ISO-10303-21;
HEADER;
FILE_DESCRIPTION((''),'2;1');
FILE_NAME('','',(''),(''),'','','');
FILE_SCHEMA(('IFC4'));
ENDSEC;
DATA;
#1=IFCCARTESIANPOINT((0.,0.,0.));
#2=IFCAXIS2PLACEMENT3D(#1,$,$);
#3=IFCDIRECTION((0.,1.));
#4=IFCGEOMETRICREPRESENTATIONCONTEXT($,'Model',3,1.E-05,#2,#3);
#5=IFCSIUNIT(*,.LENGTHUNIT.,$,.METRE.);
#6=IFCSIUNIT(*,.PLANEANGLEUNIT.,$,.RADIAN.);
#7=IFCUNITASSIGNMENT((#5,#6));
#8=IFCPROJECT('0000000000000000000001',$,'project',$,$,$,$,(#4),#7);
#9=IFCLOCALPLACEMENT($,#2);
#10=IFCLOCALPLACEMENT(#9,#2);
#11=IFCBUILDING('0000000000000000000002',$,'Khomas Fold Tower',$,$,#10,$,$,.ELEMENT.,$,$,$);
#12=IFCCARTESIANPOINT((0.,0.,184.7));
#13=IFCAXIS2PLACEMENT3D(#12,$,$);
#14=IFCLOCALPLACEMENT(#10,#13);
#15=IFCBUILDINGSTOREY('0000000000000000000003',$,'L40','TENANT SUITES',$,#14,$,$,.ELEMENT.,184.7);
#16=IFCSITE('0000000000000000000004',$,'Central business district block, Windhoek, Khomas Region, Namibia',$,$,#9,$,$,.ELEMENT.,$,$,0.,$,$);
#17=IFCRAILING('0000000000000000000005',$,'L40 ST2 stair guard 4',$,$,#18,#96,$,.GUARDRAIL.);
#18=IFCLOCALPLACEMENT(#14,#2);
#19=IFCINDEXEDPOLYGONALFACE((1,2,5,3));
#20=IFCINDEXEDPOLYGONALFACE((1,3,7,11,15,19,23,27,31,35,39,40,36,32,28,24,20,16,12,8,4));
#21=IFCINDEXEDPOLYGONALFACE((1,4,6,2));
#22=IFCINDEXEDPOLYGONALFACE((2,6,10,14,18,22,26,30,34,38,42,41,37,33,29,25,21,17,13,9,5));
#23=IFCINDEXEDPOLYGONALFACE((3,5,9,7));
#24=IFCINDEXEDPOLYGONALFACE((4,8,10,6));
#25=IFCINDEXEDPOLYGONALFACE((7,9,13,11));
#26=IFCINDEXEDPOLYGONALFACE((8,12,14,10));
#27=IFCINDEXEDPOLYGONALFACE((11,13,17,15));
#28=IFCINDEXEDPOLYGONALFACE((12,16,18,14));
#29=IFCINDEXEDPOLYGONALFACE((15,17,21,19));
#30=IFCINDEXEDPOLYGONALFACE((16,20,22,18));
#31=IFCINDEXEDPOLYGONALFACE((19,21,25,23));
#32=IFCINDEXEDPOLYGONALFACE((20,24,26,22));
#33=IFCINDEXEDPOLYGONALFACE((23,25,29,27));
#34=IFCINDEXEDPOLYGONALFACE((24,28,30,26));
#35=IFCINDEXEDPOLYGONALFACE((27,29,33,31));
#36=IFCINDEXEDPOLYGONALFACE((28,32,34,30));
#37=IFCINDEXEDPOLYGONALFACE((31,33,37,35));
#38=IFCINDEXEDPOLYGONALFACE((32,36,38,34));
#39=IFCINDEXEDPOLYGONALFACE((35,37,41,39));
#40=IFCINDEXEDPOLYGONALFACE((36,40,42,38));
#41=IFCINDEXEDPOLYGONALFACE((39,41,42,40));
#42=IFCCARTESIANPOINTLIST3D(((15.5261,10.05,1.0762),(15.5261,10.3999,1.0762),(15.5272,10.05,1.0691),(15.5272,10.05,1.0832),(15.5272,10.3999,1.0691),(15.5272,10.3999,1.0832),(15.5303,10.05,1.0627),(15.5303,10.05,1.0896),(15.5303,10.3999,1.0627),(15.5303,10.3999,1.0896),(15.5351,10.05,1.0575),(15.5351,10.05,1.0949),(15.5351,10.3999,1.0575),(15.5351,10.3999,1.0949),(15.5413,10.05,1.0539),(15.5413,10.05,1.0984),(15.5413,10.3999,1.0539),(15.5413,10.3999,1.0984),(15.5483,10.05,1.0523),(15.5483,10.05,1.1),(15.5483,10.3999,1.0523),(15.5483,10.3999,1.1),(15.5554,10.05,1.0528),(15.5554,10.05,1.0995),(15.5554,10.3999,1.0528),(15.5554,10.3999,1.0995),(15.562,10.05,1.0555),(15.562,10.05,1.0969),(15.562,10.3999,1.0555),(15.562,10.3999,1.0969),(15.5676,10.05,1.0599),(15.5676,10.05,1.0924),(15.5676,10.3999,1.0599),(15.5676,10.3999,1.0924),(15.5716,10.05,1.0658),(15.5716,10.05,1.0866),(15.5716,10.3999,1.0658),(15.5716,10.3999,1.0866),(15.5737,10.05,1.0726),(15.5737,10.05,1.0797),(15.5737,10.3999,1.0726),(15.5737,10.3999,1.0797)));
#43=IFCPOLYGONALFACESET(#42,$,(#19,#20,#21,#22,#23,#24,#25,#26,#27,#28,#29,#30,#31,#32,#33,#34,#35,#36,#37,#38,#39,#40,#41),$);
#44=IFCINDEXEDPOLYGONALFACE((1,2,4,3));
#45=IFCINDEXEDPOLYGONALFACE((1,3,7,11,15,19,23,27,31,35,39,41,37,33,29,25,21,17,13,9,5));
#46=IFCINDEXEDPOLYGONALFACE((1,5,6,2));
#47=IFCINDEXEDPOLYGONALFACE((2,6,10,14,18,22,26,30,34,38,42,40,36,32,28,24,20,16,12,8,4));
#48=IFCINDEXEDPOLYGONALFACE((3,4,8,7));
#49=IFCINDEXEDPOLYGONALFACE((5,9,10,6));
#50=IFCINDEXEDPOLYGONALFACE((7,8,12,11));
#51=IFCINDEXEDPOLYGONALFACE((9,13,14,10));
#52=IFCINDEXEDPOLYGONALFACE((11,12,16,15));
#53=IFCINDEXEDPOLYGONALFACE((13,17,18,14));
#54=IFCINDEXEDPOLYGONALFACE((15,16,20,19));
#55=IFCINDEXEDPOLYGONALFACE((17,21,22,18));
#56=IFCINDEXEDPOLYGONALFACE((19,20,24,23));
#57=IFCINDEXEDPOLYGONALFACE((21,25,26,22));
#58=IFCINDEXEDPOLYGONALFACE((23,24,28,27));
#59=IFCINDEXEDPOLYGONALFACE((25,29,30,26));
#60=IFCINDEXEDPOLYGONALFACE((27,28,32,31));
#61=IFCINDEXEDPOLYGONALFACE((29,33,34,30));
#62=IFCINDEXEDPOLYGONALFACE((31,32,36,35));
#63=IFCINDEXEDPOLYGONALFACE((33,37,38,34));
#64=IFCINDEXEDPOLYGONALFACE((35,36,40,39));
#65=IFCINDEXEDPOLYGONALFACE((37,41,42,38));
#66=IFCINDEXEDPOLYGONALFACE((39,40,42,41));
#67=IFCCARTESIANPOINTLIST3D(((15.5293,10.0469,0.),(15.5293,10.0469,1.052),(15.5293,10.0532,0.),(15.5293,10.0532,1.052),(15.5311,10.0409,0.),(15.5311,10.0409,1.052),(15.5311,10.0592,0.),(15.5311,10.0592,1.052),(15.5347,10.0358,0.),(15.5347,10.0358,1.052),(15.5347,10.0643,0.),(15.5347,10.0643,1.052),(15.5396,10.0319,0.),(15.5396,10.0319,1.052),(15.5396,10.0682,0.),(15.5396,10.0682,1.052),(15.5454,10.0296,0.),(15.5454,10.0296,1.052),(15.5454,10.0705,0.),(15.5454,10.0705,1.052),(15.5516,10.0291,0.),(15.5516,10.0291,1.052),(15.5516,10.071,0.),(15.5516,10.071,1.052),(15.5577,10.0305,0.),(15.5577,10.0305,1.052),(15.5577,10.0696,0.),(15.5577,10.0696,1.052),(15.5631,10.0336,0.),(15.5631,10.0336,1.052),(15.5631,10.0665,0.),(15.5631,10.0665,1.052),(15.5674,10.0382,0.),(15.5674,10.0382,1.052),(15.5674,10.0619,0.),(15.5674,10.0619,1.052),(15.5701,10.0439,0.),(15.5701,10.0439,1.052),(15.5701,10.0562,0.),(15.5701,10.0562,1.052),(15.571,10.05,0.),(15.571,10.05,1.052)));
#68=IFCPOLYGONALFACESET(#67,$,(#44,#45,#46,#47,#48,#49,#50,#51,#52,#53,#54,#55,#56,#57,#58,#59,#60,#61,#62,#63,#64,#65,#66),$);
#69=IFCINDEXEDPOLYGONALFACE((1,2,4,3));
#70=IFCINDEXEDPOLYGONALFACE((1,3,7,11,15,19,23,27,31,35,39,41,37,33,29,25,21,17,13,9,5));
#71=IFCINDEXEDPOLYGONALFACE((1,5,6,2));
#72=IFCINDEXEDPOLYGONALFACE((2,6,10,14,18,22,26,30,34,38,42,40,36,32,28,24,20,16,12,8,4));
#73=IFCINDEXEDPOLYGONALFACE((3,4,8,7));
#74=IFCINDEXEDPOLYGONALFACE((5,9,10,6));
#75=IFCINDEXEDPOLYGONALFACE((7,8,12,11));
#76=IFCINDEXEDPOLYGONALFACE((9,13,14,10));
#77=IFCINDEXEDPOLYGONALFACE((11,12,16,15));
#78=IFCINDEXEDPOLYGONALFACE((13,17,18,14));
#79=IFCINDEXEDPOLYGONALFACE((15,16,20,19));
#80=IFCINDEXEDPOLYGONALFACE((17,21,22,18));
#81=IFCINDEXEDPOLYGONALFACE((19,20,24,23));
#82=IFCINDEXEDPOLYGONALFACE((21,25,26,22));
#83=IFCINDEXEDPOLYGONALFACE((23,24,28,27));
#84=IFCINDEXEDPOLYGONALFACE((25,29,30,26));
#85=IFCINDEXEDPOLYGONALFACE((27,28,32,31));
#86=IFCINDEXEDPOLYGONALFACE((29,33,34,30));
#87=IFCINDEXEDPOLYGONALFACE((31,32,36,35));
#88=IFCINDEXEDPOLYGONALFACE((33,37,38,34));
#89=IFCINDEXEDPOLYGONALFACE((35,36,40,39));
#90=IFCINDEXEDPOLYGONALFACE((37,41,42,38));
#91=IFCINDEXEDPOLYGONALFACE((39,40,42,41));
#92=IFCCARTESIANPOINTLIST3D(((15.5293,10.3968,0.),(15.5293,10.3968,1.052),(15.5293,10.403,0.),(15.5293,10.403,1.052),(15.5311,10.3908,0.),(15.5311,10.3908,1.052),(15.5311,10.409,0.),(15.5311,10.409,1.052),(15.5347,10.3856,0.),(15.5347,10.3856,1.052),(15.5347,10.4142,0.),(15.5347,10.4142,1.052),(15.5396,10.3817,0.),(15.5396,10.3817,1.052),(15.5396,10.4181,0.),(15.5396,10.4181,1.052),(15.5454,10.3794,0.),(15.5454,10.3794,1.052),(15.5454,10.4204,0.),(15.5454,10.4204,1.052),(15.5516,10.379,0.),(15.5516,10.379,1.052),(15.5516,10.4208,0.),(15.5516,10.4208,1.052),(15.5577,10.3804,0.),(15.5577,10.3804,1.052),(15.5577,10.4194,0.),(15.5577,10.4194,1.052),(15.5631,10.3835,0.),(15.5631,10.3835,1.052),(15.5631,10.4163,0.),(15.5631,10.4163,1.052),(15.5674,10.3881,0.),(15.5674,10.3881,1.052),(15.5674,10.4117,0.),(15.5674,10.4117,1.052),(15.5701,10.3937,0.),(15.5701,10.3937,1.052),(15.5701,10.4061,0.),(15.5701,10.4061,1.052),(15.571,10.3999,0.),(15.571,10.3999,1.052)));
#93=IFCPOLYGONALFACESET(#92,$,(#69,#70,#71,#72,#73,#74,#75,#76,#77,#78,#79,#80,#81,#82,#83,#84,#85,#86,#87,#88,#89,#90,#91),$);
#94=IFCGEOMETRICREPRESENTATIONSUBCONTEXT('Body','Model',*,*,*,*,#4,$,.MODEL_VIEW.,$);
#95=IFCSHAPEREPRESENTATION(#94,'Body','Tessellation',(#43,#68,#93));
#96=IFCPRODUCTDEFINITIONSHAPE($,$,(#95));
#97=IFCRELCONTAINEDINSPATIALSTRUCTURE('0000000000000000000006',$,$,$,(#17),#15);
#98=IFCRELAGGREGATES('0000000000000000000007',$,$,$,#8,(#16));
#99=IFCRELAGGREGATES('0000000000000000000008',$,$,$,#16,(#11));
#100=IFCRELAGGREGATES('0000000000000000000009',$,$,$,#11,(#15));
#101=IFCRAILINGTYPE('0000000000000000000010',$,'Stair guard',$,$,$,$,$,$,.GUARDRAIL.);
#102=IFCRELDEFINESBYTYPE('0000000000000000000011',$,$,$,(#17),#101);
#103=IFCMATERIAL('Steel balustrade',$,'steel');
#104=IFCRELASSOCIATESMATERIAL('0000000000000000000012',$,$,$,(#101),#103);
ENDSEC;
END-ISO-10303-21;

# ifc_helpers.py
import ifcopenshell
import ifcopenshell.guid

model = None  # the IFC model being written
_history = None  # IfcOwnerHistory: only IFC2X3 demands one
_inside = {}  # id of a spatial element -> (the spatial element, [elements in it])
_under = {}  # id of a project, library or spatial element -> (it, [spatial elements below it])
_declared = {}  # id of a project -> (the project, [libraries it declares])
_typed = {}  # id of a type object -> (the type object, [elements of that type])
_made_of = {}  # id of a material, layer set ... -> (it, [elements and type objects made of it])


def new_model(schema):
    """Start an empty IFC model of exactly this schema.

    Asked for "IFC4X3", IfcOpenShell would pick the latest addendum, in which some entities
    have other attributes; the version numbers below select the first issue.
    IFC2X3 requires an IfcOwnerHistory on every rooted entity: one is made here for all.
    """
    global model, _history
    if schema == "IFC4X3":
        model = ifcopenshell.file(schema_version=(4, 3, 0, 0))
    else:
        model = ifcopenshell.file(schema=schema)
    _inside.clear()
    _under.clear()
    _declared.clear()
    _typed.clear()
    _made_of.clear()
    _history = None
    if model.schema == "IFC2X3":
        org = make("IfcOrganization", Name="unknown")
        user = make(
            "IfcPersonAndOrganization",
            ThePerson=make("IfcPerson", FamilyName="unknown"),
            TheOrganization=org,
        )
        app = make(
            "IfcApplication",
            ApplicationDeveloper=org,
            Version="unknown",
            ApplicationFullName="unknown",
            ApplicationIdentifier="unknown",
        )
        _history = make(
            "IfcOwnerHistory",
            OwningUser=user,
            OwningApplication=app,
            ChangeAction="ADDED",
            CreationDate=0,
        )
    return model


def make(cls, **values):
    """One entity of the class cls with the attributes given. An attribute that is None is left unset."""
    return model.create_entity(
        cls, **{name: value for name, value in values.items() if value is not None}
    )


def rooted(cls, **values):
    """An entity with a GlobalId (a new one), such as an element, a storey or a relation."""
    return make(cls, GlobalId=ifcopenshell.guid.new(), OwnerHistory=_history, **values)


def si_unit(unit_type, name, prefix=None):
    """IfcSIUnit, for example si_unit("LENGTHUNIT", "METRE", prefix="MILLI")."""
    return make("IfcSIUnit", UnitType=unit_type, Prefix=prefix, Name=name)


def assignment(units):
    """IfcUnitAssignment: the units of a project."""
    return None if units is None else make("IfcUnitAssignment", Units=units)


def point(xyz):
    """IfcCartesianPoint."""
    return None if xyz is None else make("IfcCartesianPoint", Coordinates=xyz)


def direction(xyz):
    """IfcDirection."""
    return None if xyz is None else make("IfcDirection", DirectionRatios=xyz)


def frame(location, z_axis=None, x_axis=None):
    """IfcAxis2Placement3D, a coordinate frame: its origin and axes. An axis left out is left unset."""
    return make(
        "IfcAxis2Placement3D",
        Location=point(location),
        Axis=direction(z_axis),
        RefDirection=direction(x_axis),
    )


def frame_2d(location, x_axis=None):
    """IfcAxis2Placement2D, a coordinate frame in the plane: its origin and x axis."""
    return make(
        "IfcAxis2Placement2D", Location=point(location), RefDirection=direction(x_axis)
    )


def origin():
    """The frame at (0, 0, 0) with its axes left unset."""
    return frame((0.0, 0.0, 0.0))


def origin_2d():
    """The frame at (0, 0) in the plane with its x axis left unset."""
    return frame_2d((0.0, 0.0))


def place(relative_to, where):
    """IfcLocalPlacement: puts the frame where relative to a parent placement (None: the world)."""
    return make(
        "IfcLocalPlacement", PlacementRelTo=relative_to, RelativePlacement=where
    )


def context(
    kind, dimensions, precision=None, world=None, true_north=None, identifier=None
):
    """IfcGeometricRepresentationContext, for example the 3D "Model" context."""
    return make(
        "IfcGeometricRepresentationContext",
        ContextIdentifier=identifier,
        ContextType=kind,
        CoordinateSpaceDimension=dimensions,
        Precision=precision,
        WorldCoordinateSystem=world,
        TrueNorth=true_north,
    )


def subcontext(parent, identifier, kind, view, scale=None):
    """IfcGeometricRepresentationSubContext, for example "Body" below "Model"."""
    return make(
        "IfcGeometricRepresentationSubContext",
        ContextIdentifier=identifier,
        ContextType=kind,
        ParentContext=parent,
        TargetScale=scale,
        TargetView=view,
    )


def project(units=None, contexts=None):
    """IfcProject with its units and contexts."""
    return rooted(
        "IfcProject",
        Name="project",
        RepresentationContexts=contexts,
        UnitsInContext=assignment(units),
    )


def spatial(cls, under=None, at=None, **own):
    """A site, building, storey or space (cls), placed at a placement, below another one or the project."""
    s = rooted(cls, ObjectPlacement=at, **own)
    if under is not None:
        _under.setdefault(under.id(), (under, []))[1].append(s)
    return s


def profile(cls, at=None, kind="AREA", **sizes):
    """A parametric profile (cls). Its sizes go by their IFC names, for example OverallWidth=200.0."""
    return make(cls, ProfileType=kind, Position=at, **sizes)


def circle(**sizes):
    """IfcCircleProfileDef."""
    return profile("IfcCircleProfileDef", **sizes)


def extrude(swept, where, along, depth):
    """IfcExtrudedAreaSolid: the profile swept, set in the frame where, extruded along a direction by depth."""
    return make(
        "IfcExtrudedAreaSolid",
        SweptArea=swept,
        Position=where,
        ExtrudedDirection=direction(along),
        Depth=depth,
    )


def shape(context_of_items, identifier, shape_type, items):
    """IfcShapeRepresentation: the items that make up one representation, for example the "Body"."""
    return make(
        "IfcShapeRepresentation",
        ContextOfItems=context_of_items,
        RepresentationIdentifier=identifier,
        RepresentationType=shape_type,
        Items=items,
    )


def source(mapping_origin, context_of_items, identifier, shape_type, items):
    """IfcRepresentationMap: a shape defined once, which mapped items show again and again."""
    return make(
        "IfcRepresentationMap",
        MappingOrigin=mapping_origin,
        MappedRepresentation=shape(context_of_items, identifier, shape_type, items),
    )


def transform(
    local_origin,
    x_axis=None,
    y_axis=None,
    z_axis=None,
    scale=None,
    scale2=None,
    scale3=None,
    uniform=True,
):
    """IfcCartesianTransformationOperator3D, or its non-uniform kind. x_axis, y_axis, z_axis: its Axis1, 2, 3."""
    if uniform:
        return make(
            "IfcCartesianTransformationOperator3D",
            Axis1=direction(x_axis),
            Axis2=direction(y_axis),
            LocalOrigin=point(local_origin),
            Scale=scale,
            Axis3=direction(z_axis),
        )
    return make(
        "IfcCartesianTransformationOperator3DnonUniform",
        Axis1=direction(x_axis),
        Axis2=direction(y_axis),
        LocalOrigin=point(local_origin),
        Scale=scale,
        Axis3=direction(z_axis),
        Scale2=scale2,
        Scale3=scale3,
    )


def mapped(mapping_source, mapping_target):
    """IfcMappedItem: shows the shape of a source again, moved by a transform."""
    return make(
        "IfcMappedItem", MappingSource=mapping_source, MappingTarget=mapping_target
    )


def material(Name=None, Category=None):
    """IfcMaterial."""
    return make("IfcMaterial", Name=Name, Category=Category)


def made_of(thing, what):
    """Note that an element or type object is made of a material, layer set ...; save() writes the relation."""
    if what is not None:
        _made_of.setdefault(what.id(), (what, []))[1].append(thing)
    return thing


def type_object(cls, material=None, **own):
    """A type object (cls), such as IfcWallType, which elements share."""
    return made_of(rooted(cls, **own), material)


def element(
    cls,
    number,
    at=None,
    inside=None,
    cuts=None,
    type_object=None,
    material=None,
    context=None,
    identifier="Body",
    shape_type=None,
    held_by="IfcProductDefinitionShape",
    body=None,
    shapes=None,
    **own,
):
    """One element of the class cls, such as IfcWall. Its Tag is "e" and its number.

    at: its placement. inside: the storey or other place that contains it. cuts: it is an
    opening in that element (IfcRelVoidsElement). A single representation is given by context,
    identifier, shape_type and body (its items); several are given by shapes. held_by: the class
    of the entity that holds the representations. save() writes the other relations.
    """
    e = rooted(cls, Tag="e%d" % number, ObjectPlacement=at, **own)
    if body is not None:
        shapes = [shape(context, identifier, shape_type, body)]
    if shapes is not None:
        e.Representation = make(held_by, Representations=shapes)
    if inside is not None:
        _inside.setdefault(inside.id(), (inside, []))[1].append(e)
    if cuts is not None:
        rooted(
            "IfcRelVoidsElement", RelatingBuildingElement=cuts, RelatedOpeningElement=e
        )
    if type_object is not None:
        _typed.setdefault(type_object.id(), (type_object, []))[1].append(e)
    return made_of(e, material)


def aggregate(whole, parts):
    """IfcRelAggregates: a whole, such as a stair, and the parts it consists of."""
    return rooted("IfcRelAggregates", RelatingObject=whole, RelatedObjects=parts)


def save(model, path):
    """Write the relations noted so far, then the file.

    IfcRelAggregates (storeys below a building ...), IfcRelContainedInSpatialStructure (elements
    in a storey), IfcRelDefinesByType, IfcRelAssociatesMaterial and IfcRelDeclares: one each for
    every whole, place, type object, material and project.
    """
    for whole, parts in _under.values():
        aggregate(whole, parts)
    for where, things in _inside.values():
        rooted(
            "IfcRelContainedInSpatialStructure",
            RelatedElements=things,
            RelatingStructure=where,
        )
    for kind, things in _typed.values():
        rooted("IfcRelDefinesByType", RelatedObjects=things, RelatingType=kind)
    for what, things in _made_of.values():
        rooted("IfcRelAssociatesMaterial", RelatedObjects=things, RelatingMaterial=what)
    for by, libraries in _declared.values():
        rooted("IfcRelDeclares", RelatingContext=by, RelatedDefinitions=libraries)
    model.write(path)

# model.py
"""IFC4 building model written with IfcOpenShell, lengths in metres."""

from ifc_helpers import new_model, si_unit, direction, frame, origin, origin_2d, place, context, subcontext, project, spatial, circle, extrude, source, transform, mapped, material, type_object, element, save


model = new_model("IFC4")

# Units and contexts
model_context = context("Model", 3, precision=1e-05, world=origin(), true_north=direction((0.0, 1.0)))
body_context = subcontext(model_context, "Body", "Model", "MODEL_VIEW")
ifc_project = project(units=[si_unit("LENGTHUNIT", "METRE"), si_unit("PLANEANGLEUNIT", "RADIAN")], contexts=[model_context])

# Site, building, storey
site_placement = place(None, origin())
site = spatial("IfcSite", under=ifc_project, at=site_placement, Name="Central business district block, Windhoek, Khomas Region, Namibia", CompositionType="ELEMENT", RefElevation=0.0)
building_placement = place(site_placement, origin())
building = spatial("IfcBuilding", under=site, at=building_placement, Name="Khomas Fold Tower", CompositionType="ELEMENT")
storey_placement = place(building_placement, frame((0.0, 0.0, 184.7)))
storey = spatial("IfcBuildingStorey", under=building, at=storey_placement, Name="L40", Description="TENANT SUITES", CompositionType="ELEMENT", Elevation=184.7)

# Railing
ifc_material_1 = material(Name="Steel balustrade", Category="steel")
railing_type_1 = type_object("IfcRailingType", Name="Stair guard", PredefinedType="GUARDRAIL", material=ifc_material_1)
shared_shape_1 = source(origin(), body_context, "Body", "SweptSolid", [
    extrude(circle(Radius=0.0239, at=origin_2d()), frame((0.0, 0.0, 1.0762), z_axis=(0.0, 1.0, 0.0), x_axis=(-1.0, 0.0, 0.0)), (0.0, 0.0, 1.0), 0.3499),
    extrude(circle(Radius=0.021, at=origin_2d()), origin(), (0.0, 0.0, 1.0), 1.052),
    extrude(circle(Radius=0.021, at=origin_2d()), frame((0.0, 0.3499, 0.0)), (0.0, 0.0, 1.0), 1.052),
])
for number, where, name in (
    (1, (15.55, 10.05, 0.0), "L40 ST2 stair guard 4"),
):
    element("IfcRailing", number, at=place(storey_placement, frame(where)), inside=storey, type_object=railing_type_1, Name=name, PredefinedType="GUARDRAIL", context=body_context, shape_type="MappedRepresentation", body=[
        mapped(shared_shape_1, transform((0.0, 0.0, 0.0))),
    ])

save(model, "model.ifc")
